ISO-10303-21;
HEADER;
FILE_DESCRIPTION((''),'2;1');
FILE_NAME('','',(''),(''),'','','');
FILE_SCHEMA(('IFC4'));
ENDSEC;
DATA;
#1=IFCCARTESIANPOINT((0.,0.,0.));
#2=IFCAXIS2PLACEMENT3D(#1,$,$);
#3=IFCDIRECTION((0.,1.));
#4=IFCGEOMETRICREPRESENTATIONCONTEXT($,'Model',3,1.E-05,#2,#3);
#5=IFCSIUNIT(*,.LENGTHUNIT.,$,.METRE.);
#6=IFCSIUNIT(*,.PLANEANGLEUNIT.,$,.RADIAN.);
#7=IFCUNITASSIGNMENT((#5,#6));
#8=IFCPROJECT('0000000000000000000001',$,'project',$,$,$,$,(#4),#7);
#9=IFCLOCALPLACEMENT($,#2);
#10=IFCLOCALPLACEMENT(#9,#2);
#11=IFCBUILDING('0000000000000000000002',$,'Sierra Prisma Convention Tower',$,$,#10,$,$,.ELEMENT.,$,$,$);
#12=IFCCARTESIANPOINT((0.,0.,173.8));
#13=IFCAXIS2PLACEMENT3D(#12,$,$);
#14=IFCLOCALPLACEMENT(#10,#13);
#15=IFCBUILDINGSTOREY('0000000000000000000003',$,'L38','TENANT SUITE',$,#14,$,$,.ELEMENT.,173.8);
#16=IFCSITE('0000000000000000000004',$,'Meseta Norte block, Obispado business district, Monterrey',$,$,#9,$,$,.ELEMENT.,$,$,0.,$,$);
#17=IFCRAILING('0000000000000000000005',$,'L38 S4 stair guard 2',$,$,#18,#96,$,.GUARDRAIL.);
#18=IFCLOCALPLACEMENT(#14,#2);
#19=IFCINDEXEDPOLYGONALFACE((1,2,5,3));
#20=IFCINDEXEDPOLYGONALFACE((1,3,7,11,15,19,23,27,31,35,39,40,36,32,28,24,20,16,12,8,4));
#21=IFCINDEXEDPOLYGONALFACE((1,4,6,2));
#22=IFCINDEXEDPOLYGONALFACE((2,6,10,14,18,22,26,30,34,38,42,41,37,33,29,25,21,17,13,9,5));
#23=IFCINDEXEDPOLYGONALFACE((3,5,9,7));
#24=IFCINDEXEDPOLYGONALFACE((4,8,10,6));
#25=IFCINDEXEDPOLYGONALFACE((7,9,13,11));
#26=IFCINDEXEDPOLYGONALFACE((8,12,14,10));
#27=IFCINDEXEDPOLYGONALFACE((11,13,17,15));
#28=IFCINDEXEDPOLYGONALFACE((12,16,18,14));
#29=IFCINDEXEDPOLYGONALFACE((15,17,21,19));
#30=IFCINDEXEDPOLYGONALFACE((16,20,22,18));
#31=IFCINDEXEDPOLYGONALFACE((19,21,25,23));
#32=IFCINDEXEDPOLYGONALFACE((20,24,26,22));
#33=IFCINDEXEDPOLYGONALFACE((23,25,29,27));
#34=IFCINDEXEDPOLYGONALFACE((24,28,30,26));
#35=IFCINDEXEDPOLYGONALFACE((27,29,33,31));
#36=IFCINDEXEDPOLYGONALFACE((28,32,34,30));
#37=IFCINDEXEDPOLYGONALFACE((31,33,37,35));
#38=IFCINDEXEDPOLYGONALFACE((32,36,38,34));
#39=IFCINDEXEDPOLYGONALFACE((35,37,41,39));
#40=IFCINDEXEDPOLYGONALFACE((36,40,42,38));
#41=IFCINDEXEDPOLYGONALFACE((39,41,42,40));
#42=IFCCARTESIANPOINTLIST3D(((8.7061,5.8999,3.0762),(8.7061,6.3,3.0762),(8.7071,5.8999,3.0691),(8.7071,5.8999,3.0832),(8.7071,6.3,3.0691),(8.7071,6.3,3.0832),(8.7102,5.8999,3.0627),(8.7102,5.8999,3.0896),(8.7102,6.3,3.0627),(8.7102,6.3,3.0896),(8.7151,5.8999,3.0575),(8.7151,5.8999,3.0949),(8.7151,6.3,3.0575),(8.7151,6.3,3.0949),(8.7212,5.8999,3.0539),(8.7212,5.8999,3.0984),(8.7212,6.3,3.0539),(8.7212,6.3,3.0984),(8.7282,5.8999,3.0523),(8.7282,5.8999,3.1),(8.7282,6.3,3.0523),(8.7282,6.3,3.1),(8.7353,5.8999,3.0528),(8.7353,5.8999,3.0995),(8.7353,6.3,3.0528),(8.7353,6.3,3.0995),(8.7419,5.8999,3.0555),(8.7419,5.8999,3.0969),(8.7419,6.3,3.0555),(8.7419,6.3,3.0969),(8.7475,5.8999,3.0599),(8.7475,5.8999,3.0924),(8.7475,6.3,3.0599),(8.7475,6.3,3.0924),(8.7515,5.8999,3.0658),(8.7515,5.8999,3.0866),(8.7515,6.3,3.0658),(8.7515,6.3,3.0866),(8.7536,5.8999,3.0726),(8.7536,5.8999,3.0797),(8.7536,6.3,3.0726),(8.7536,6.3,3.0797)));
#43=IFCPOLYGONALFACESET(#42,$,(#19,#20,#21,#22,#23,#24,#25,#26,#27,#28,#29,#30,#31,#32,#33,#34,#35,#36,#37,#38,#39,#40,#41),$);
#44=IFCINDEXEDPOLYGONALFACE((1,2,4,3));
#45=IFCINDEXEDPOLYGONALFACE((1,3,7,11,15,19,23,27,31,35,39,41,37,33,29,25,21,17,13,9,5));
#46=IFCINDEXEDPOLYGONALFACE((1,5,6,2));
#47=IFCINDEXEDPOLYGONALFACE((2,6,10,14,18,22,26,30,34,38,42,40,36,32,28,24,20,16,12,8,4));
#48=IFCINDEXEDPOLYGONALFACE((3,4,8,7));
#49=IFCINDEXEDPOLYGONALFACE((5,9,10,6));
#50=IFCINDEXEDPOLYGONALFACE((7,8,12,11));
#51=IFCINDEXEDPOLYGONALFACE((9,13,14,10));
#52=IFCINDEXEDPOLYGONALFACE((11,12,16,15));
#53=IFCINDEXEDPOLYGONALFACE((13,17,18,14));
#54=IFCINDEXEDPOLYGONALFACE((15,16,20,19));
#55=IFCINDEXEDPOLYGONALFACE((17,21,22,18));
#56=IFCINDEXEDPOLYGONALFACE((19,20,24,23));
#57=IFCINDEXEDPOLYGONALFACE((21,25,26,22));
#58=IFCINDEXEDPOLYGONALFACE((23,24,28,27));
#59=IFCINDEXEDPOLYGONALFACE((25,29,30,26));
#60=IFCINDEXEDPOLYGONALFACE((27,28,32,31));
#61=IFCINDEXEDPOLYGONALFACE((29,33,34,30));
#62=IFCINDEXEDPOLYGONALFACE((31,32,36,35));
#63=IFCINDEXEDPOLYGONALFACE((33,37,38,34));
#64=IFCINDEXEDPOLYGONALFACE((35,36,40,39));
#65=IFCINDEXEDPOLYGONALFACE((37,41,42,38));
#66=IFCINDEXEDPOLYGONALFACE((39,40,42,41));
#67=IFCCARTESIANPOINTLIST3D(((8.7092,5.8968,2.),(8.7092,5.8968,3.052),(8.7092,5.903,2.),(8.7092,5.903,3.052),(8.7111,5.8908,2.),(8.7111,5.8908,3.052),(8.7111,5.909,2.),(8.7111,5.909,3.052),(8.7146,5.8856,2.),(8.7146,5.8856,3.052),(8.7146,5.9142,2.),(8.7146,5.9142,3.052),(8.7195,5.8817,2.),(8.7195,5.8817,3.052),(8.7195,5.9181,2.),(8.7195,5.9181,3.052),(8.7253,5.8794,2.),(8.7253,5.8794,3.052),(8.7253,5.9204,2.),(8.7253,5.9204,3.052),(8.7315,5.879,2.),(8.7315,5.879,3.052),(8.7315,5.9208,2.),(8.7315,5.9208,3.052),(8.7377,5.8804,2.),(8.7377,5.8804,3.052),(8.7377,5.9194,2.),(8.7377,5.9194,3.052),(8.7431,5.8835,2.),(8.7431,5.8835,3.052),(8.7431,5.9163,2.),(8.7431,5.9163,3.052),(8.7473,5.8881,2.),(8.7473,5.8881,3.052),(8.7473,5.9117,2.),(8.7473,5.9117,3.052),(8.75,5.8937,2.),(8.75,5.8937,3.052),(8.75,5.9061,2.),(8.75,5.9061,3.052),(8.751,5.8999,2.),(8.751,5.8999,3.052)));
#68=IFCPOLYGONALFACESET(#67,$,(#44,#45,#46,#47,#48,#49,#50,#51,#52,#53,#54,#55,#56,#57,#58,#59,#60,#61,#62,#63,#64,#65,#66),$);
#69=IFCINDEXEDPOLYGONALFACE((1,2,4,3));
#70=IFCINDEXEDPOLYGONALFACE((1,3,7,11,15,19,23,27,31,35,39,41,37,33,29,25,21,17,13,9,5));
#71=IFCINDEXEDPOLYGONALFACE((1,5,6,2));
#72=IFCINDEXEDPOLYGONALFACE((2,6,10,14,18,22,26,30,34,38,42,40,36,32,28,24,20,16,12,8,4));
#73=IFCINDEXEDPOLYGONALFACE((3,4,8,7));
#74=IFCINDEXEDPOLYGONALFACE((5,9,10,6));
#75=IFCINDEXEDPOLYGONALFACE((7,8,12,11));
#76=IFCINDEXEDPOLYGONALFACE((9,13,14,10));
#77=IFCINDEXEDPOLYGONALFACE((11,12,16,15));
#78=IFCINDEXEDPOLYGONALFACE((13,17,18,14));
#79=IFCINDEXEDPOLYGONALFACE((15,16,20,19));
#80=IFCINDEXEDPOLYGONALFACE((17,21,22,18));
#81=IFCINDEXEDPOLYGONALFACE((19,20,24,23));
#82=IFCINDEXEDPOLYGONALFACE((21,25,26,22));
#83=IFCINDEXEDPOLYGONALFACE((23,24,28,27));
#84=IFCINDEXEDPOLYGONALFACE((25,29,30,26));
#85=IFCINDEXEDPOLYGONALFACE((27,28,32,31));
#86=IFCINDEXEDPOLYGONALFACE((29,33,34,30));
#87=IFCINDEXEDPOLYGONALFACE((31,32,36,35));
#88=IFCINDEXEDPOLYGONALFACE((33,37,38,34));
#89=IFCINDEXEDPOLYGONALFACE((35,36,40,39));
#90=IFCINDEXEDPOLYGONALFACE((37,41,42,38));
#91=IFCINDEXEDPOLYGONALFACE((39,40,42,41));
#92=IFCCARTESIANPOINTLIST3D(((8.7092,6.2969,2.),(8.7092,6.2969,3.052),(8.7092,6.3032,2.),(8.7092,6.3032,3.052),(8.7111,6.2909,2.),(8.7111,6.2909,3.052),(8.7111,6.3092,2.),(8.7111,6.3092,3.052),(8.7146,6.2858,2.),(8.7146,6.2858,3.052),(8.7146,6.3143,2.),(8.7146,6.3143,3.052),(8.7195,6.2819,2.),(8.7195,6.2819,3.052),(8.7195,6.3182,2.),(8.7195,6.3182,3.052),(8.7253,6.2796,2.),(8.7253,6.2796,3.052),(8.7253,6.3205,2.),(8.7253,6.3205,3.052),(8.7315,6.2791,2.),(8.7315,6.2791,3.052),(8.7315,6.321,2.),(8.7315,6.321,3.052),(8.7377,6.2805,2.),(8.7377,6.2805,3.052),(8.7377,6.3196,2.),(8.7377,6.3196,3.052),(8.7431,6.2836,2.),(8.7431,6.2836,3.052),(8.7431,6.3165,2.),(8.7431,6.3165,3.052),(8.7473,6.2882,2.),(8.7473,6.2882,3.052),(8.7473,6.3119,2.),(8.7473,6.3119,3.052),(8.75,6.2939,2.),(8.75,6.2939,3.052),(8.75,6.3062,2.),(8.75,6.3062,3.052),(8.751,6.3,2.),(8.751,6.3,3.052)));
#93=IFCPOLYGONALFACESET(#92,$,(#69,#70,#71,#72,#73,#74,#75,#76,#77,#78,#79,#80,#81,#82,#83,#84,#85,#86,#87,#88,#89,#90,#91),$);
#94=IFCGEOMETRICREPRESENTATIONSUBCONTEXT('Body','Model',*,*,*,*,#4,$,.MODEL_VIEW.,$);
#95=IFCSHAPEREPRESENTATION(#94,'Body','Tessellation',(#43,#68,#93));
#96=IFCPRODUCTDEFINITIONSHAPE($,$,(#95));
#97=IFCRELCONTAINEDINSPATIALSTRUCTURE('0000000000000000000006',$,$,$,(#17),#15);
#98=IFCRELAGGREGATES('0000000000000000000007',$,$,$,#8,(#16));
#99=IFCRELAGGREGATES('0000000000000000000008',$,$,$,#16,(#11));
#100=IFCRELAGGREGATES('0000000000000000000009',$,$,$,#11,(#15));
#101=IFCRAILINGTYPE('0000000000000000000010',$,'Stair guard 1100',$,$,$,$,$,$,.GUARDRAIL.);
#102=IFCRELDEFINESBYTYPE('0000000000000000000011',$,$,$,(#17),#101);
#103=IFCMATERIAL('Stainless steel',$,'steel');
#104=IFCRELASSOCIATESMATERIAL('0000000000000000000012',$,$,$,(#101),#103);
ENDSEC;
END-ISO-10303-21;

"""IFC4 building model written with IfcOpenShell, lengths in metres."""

from ifc_helpers import new_model, si_unit, direction, frame, origin, origin_2d, place, context, subcontext, project, spatial, circle, extrude, material, type_object, element, save


model = new_model("IFC4")

# Units and contexts
model_context = context("Model", 3, precision=1e-05, world=origin(), true_north=direction((0.0, 1.0)))
body_context = subcontext(model_context, "Body", "Model", "MODEL_VIEW")
ifc_project = project(units=[si_unit("LENGTHUNIT", "METRE"), si_unit("PLANEANGLEUNIT", "RADIAN")], contexts=[model_context])

# Site, building, storey
site_placement = place(None, origin())
site = spatial("IfcSite", under=ifc_project, at=site_placement, Name="Meseta Norte block, Obispado business district, Monterrey", CompositionType="ELEMENT", RefElevation=0.0)
building_placement = place(site_placement, origin())
building = spatial("IfcBuilding", under=site, at=building_placement, Name="Sierra Prisma Convention Tower", CompositionType="ELEMENT")
storey_placement = place(building_placement, frame((0.0, 0.0, 173.8)))
storey = spatial("IfcBuildingStorey", under=building, at=storey_placement, Name="L38", Description="TENANT SUITE", CompositionType="ELEMENT", Elevation=173.8)

# Railing
ifc_material_1 = material(Name="Stainless steel", Category="steel")
railing_type = type_object("IfcRailingType", Name="Stair guard 1100", PredefinedType="GUARDRAIL", material=ifc_material_1)
railing_placement = place(storey_placement, frame((8.73, 5.8999, 2.0)))
element("IfcRailing", 1, at=railing_placement, inside=storey, type_object=railing_type, Name="L38 S4 stair guard 2", PredefinedType="GUARDRAIL", context=body_context, shape_type="SweptSolid", body=[
    extrude(circle(Radius=0.0239, at=origin_2d()), frame((0.0, 0.0, 1.0762), z_axis=(0.0, 1.0, 0.0), x_axis=(-1.0, 0.0, 0.0)), (0.0, 0.0, 1.0), 0.4001),
    extrude(circle(Radius=0.021, at=origin_2d()), origin(), (0.0, 0.0, 1.0), 1.052),
    extrude(circle(Radius=0.021, at=origin_2d()), frame((0.0, 0.4001, 0.0)), (0.0, 0.0, 1.0), 1.052),
])

save(model, "model.ifc")
